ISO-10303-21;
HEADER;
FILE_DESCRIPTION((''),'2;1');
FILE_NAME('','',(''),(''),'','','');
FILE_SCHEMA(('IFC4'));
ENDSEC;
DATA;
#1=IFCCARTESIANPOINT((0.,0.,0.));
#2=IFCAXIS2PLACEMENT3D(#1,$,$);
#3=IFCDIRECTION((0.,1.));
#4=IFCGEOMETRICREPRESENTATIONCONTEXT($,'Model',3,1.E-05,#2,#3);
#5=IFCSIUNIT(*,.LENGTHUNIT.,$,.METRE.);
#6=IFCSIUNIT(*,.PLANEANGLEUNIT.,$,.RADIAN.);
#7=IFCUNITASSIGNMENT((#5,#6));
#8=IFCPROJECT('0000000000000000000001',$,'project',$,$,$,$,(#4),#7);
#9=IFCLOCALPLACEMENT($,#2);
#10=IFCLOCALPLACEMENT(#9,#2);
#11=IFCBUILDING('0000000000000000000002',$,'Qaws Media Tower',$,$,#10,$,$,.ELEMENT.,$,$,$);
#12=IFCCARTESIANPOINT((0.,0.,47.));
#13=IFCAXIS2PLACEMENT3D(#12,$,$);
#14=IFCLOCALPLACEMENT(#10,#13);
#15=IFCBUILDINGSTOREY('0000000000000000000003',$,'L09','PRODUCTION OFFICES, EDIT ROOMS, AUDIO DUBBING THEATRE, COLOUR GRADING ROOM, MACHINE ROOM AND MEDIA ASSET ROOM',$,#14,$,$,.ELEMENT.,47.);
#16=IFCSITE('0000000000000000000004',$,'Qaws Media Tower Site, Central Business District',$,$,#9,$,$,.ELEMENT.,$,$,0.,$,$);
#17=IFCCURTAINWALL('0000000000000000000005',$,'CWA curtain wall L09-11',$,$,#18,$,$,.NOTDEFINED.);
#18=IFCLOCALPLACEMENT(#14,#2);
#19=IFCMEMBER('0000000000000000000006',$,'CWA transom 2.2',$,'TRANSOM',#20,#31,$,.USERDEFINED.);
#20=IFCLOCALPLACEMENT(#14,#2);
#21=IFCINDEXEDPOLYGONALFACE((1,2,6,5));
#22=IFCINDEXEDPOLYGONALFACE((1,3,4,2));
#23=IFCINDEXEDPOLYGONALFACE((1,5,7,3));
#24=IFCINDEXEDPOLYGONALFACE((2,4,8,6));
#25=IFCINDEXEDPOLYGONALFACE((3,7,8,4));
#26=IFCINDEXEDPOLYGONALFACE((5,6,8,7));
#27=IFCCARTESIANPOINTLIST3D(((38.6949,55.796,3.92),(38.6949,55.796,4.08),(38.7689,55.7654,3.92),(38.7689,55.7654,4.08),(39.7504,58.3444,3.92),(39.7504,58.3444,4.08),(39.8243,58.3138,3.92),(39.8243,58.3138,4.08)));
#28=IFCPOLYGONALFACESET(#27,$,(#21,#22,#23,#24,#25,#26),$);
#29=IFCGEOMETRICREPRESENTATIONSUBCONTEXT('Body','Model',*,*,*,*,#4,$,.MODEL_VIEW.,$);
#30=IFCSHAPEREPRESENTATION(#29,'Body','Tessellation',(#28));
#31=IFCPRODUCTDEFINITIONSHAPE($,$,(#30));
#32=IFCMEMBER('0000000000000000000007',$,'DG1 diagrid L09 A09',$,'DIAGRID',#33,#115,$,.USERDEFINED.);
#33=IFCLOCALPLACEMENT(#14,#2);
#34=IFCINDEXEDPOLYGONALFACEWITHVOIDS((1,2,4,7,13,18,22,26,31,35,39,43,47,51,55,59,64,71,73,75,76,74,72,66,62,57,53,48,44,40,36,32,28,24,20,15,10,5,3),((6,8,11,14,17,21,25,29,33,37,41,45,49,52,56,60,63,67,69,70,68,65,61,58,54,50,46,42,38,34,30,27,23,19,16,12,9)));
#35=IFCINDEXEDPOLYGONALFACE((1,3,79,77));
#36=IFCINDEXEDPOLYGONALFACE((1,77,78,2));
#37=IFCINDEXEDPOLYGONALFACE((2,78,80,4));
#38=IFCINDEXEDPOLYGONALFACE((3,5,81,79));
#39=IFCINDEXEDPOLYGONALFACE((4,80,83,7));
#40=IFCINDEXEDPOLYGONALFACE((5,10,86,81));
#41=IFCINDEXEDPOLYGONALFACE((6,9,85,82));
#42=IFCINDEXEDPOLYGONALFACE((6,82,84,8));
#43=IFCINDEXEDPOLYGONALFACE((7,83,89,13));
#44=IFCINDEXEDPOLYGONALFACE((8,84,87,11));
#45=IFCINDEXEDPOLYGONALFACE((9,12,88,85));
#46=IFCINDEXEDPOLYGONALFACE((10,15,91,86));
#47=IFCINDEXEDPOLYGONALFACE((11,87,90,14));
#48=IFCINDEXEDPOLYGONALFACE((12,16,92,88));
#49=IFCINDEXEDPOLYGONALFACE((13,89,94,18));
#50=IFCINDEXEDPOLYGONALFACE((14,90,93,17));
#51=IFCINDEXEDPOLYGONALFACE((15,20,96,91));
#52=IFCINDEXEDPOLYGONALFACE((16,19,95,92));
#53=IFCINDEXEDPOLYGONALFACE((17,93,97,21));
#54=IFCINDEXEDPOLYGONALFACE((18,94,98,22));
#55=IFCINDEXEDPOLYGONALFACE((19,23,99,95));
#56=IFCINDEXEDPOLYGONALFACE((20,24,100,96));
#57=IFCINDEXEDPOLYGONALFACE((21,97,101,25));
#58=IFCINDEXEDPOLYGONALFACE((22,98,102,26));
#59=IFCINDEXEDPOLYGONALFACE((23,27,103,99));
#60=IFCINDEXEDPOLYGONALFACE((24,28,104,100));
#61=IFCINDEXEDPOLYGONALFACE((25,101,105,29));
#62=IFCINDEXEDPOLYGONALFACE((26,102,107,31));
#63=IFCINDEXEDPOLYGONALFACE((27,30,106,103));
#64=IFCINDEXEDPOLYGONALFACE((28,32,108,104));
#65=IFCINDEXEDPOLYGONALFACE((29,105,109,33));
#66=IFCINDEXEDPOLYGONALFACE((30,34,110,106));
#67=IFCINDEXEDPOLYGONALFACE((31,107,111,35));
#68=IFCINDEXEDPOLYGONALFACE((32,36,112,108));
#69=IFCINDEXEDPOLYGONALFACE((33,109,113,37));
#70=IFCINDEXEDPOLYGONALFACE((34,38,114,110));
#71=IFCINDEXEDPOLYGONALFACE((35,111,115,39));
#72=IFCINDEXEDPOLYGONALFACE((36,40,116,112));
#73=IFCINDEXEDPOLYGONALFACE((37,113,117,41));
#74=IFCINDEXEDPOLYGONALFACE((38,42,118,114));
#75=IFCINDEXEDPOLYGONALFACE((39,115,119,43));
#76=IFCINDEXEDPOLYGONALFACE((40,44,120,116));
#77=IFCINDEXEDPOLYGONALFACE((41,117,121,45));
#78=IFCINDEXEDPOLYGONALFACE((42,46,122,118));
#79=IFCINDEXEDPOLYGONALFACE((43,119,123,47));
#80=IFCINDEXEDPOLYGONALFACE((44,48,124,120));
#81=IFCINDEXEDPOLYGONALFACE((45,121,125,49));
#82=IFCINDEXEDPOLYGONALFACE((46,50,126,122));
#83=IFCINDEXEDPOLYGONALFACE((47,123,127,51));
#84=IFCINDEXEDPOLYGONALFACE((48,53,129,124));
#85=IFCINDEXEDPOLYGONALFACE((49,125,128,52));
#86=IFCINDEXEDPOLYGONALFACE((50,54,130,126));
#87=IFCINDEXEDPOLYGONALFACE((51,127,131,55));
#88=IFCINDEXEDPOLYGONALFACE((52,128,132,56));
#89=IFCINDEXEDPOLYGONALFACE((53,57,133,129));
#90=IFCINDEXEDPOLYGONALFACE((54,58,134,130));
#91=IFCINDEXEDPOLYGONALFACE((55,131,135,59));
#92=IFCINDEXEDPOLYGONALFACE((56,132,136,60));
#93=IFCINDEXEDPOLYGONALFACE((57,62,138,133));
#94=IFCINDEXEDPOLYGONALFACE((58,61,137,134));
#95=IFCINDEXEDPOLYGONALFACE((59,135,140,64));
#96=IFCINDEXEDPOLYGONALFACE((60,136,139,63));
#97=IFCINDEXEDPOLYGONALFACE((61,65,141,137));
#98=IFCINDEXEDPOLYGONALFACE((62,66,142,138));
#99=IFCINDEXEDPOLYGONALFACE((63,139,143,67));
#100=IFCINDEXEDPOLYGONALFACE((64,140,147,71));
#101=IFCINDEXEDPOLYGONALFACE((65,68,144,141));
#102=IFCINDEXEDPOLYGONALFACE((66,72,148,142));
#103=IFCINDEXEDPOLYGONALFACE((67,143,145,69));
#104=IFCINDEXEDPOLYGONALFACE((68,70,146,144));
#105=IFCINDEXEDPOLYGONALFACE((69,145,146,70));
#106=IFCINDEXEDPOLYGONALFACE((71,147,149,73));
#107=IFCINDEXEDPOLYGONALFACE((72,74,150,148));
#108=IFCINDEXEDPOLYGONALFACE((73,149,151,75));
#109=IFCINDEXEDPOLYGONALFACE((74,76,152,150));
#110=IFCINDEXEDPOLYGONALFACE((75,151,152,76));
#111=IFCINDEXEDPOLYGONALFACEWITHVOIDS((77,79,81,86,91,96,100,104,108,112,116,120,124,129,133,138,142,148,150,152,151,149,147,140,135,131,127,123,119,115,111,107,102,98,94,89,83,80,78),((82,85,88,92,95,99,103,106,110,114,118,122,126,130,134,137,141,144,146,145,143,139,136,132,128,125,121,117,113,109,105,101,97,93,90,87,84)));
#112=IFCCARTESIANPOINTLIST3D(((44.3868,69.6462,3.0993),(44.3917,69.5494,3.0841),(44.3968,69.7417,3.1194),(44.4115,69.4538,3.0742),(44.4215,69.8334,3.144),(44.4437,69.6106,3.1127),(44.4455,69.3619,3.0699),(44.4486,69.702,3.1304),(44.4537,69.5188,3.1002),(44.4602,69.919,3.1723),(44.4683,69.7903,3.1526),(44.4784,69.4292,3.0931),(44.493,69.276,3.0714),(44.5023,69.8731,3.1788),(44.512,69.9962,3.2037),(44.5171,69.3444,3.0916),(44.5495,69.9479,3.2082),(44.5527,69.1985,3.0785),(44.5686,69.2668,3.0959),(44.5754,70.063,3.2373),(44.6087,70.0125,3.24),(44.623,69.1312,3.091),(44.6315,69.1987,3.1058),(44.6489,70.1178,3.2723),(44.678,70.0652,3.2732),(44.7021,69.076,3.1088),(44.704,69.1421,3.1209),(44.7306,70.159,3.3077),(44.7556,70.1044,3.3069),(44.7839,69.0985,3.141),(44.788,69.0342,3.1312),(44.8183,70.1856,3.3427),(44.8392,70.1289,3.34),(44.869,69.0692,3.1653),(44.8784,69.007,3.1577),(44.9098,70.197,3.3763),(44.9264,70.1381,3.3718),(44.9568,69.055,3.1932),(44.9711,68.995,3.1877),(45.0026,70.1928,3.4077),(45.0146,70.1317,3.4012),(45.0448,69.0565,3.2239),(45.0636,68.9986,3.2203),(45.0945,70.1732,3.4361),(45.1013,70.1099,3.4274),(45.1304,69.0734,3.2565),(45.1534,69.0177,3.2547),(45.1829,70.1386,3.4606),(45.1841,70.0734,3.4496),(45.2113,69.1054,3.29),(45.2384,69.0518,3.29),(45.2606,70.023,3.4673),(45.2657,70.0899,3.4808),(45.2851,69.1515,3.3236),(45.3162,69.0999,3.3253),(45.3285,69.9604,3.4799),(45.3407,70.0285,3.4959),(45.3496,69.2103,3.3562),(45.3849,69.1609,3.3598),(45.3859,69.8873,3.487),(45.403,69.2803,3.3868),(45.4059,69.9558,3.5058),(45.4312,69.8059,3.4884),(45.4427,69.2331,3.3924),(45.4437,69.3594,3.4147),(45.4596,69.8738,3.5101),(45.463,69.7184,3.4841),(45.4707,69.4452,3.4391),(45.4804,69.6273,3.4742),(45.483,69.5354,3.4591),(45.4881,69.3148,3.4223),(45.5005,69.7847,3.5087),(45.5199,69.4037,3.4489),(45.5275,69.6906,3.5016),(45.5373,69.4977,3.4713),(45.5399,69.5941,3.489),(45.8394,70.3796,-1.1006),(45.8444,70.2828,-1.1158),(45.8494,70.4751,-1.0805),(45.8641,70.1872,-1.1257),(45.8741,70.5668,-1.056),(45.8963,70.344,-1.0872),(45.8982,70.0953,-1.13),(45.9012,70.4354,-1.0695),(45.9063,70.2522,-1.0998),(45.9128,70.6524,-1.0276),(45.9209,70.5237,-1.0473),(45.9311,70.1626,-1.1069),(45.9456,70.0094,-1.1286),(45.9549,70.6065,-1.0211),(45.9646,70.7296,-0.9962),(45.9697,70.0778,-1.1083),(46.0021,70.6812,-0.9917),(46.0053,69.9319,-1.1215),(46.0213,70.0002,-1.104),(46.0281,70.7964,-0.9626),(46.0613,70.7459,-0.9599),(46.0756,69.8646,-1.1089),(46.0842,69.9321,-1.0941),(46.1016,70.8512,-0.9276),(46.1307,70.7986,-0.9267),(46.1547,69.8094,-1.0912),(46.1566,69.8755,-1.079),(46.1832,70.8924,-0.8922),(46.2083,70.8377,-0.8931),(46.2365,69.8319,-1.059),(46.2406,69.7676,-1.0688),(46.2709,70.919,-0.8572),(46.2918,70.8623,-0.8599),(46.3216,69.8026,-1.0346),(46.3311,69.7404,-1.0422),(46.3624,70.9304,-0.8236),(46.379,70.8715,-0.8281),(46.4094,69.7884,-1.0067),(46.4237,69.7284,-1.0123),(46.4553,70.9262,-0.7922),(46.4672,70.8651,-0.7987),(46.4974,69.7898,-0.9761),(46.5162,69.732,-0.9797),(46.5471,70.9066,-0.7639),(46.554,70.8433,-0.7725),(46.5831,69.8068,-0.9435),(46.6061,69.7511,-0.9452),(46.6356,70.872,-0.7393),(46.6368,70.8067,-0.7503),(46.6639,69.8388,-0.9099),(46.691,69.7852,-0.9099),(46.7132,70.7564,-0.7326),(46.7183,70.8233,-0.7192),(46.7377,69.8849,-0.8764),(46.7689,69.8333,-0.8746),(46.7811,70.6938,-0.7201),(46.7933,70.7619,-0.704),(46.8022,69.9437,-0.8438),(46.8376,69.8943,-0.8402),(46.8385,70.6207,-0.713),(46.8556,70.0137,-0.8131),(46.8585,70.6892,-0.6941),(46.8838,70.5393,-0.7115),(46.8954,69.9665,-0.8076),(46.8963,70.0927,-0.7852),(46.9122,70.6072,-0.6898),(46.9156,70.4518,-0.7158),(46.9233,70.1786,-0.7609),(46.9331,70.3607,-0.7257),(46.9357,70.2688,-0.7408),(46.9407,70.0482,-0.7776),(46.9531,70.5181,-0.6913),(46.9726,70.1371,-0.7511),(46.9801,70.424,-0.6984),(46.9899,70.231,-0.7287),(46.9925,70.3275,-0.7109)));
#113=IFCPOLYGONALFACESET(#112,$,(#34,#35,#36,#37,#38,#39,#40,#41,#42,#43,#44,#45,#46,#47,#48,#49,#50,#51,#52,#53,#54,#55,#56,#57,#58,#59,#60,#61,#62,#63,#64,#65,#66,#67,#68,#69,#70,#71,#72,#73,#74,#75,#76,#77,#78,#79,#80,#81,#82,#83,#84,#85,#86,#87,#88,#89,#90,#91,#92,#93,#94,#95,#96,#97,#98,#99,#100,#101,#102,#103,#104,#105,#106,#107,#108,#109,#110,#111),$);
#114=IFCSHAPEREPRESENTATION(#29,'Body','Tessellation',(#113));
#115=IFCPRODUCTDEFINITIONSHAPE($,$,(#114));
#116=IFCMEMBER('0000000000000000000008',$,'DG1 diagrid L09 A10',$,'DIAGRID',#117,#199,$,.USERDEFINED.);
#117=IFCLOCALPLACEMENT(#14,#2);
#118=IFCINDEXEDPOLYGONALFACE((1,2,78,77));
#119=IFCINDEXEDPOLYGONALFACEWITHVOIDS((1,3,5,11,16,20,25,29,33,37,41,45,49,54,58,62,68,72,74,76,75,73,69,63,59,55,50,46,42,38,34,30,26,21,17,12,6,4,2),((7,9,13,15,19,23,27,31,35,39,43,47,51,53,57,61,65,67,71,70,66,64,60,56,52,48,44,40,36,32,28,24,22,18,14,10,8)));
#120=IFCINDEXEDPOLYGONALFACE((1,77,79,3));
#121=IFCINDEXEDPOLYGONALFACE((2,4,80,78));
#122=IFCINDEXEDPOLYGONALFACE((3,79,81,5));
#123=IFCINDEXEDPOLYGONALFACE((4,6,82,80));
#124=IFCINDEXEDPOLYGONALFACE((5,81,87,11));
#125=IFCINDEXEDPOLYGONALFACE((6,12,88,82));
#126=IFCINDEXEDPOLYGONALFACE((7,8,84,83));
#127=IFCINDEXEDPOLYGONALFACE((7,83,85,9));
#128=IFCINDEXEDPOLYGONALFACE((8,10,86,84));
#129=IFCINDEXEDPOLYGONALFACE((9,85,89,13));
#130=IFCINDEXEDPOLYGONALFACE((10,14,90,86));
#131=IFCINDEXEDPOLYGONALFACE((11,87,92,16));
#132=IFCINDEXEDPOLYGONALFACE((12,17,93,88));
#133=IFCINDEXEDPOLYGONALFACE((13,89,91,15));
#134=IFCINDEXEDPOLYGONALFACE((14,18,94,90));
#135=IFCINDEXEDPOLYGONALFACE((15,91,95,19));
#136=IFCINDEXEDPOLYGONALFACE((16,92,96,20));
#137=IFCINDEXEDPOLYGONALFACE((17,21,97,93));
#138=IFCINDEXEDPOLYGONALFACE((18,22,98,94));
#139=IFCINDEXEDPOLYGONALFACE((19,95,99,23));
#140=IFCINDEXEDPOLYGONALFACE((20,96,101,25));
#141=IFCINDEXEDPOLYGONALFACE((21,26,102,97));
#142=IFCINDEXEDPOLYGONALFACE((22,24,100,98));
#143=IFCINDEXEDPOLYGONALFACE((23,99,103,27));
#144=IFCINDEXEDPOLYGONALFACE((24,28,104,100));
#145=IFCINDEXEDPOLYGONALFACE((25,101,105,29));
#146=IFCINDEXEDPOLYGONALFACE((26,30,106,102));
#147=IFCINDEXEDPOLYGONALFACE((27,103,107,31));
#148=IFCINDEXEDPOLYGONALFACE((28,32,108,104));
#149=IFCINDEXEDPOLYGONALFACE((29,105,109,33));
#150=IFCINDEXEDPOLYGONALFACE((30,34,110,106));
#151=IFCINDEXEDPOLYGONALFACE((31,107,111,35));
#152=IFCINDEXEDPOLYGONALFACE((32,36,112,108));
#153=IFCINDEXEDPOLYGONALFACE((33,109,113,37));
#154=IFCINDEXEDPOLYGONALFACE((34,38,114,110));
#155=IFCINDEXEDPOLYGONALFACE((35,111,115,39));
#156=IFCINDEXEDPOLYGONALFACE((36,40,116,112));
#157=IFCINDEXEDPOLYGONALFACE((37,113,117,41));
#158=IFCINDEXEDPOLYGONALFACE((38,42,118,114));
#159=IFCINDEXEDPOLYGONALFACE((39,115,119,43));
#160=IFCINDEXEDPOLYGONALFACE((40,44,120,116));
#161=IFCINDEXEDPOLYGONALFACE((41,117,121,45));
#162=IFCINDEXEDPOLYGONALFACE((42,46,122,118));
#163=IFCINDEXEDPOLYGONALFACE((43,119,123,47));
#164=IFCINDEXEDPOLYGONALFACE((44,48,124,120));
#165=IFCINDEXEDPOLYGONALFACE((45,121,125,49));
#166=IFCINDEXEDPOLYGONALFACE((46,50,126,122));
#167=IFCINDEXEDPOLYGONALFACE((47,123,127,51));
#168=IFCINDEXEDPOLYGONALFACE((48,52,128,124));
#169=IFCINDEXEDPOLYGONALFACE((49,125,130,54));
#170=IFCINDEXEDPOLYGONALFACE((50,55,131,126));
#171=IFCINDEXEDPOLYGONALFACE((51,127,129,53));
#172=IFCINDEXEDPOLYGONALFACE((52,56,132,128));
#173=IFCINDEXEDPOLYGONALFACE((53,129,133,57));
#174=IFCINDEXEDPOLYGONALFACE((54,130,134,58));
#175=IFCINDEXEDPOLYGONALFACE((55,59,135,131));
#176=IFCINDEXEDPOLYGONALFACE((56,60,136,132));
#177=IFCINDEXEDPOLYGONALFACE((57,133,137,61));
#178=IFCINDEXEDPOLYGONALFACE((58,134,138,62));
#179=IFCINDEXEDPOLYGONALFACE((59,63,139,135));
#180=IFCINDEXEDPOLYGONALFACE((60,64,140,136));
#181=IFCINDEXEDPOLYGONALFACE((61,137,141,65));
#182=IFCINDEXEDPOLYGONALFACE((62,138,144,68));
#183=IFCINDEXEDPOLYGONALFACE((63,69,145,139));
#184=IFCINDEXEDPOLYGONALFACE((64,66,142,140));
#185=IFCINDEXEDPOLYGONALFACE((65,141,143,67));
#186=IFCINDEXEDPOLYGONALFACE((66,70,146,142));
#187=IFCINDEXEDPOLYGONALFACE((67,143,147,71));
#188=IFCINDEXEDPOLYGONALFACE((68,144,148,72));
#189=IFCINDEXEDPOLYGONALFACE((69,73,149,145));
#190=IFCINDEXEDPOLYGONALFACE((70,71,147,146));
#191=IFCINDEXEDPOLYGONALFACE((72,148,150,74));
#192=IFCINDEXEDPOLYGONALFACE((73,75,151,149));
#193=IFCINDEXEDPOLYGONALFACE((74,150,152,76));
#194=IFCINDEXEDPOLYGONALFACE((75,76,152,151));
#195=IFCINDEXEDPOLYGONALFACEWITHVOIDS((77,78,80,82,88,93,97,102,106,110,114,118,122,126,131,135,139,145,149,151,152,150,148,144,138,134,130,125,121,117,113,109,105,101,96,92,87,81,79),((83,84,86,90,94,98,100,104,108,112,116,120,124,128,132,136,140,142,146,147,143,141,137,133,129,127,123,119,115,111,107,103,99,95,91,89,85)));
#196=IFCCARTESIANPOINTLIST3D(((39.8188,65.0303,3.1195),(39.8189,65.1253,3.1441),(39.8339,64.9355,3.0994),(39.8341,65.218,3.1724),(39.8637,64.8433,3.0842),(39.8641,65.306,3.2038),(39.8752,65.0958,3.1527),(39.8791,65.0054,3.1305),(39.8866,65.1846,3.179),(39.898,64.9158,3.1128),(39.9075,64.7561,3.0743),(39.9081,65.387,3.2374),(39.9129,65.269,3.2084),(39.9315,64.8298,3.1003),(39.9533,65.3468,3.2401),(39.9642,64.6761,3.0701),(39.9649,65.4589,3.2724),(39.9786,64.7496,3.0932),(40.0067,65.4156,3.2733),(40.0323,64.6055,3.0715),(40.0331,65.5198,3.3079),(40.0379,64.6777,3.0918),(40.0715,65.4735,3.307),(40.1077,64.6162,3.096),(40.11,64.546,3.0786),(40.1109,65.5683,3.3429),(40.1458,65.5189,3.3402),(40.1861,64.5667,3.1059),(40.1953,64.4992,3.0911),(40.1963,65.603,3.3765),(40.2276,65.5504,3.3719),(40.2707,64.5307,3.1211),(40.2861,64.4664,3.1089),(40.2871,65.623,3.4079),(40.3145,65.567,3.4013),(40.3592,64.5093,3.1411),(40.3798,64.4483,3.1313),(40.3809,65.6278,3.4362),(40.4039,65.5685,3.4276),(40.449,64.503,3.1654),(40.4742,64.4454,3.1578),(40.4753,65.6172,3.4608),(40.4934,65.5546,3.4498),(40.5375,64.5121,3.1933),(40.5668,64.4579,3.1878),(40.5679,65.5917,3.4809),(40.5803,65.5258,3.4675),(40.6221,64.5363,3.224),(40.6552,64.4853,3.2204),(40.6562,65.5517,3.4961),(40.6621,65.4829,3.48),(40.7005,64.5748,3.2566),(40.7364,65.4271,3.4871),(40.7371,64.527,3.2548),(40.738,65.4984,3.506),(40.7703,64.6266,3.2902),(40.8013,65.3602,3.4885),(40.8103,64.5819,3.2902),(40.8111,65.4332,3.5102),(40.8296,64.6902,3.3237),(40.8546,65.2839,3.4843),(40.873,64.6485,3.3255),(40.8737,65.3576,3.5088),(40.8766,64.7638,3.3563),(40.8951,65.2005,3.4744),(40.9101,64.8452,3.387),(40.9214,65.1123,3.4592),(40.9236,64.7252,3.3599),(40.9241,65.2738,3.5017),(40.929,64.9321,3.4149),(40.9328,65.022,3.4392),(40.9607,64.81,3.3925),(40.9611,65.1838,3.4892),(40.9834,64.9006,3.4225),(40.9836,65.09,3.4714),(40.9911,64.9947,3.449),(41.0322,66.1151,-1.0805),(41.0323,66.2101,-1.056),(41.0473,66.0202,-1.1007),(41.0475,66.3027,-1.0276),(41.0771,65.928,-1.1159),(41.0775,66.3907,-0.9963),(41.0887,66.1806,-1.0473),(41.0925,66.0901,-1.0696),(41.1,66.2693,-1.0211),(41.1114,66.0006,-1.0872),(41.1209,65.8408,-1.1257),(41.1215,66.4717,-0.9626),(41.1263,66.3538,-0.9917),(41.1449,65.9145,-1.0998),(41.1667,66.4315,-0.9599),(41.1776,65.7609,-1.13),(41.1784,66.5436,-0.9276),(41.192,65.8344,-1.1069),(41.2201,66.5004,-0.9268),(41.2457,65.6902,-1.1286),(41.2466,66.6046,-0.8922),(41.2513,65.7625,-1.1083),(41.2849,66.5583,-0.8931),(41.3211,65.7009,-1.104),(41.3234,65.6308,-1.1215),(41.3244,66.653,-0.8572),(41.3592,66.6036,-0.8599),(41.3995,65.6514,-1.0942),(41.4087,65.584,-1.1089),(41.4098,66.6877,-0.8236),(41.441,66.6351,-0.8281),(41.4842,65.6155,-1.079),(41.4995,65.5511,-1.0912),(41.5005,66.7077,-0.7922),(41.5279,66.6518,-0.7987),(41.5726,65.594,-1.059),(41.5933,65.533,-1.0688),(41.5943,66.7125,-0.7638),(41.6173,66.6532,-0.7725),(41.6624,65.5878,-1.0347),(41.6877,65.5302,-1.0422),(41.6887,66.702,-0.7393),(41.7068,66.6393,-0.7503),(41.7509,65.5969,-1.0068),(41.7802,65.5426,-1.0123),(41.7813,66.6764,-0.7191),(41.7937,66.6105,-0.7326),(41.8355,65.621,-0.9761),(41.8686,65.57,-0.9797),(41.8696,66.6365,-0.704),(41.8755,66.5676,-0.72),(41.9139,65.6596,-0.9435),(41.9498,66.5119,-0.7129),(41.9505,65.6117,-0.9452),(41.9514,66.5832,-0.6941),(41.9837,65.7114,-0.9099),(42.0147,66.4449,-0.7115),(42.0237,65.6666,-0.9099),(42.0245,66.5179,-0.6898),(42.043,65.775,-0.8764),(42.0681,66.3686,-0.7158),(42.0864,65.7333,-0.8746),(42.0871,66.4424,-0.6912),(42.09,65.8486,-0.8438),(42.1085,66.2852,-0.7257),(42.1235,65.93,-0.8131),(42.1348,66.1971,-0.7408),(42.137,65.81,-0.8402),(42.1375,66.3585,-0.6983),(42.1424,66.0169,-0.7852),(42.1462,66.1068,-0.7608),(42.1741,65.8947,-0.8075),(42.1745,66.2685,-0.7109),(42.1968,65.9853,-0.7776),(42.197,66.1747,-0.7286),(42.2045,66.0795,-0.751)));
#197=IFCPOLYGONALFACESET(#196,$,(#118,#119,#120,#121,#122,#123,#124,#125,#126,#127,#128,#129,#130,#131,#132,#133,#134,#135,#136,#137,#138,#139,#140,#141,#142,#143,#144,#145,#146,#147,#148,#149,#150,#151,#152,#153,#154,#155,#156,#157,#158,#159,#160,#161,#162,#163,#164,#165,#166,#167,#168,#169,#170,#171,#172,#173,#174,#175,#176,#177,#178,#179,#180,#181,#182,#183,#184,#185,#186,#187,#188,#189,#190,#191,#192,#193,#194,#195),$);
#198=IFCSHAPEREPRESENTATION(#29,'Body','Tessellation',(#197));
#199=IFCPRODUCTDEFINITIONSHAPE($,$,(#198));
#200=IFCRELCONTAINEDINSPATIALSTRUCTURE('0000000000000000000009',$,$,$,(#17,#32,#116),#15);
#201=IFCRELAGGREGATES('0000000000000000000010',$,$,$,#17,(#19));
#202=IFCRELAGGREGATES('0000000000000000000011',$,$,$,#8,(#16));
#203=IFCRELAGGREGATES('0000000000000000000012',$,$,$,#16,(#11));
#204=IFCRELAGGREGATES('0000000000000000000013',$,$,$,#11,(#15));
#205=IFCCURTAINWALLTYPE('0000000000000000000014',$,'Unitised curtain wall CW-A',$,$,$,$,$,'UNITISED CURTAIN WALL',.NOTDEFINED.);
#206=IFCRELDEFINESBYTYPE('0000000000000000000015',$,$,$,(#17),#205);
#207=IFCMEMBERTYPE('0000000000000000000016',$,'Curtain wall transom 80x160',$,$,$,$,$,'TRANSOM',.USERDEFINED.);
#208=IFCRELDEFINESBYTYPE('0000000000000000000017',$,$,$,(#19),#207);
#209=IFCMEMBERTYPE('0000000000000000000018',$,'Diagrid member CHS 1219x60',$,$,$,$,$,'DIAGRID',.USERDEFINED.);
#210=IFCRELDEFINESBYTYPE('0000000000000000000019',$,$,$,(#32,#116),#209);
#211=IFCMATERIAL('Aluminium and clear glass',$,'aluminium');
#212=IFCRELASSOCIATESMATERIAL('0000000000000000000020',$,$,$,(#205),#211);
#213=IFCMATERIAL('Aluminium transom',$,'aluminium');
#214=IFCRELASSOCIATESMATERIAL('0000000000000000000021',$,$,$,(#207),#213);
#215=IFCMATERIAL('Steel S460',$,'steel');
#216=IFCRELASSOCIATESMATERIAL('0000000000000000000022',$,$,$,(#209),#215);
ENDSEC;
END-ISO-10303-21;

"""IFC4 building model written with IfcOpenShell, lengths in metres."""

from ifc_helpers import new_model, si_unit, direction, frame, origin, origin_2d, place, context, subcontext, project, spatial, rectangle, hollow_circle, extrude, material, material_profile, profile_set, type_object, element, aggregate, save


model = new_model("IFC4")

# Units and contexts
model_context = context("Model", 3, precision=1e-05, world=origin(), true_north=direction((0.0, 1.0)))
body_context = subcontext(model_context, "Body", "Model", "MODEL_VIEW")
ifc_project = project(units=[si_unit("LENGTHUNIT", "METRE"), si_unit("PLANEANGLEUNIT", "RADIAN")], contexts=[model_context])

# Site, building, storey
site_placement = place(None, origin())
site = spatial("IfcSite", under=ifc_project, at=site_placement, Name="Qaws Media Tower Site, Central Business District", CompositionType="ELEMENT", RefElevation=0.0)
building_placement = place(site_placement, origin())
building = spatial("IfcBuilding", under=site, at=building_placement, Name="Qaws Media Tower", CompositionType="ELEMENT")
storey_placement = place(building_placement, frame((0.0, 0.0, 47.0)))
storey = spatial("IfcBuildingStorey", under=building, at=storey_placement, Name="L09", Description="PRODUCTION OFFICES, EDIT ROOMS, AUDIO DUBBING THEATRE, COLOUR GRADING ROOM, MACHINE ROOM AND MEDIA ASSET ROOM", CompositionType="ELEMENT", Elevation=47.0)

# Shared definitions
ifc_material_1 = material(Name="Aluminium and clear glass", Category="aluminium")
curtain_wall_type = type_object("IfcCurtainWallType", Name="Unitised curtain wall CW-A", ElementType="UNITISED CURTAIN WALL", PredefinedType="NOTDEFINED", material=ifc_material_1)

# Curtain wall
curtain_wall_1_placement = place(storey_placement, origin())
curtain_wall_1 = element("IfcCurtainWall", 1, at=curtain_wall_1_placement, inside=storey, type_object=curtain_wall_type, Name="CWA curtain wall L09-11", PredefinedType="NOTDEFINED")

# Member
ifc_material_2 = material(Name="Aluminium transom", Category="aluminium")
ifc_material_profile_1 = material_profile(ifc_material_2, rectangle(XDim=0.0801, YDim=0.1599, at=origin_2d()), Name="80x160")
ifc_profile_set_1 = profile_set([ifc_material_profile_1], Name="Aluminium transom")
member_type_1 = type_object("IfcMemberType", Name="Curtain wall transom 80x160", ElementType="TRANSOM", PredefinedType="USERDEFINED", material=ifc_profile_set_1)
member_1_placement = place(storey_placement, frame((39.7874, 58.3291, 4.0), z_axis=(-0.382641, -0.923897, 0.0), x_axis=(0.923897, -0.382641, 0.0)))
member_1 = element("IfcMember", 2, at=member_1_placement, type_object=member_type_1, Name="CWA transom 2.2", ObjectType="TRANSOM", PredefinedType="USERDEFINED", context=body_context, shape_type="SweptSolid", body=[
    extrude(rectangle(XDim=0.0801, YDim=0.1599, at=origin_2d()), origin(), (0.0, 0.0, 1.0), 2.7583),
])

# Members
ifc_material_3 = material(Name="Steel S460", Category="steel")
ifc_material_profile_2 = material_profile(ifc_material_3, hollow_circle(Radius=0.6096, WallThickness=0.0601, at=origin_2d()), Name="CHS 1219x60")
ifc_profile_set_2 = profile_set([ifc_material_profile_2], Name="Steel S460")
member_type_2 = type_object("IfcMemberType", Name="Diagrid member CHS 1219x60", ElementType="DIAGRID", PredefinedType="USERDEFINED", material=ifc_profile_set_2)
member_2_placement = place(storey_placement, frame((46.4163, 70.3293, -0.9099), z_axis=(-0.322509, -0.162826, 0.932457), x_axis=(0.450691, -0.89268, 0.0)))
element("IfcMember", 3, at=member_2_placement, inside=storey, type_object=member_type_2, Name="DG1 diagrid L09 A09", ObjectType="DIAGRID", PredefinedType="USERDEFINED", context=body_context, shape_type="SweptSolid", body=[
    extrude(hollow_circle(Radius=0.6096, WallThickness=0.0601, at=origin_2d()), origin(), (0.0, 0.0, 1.0), 4.5042),
])
for number, where, z_axis, x_axis, name in (
    (4, (41.6174, 66.1211, -0.9099), (-0.269384, -0.240819, 0.932437), (0.666475, -0.745528, 0.0), "DG1 diagrid L09 A10"),
):
    element("IfcMember", number, at=place(storey_placement, frame(where, z_axis=z_axis, x_axis=x_axis)), inside=storey, type_object=member_type_2, Name=name, ObjectType="DIAGRID", PredefinedType="USERDEFINED", context=body_context, shape_type="SweptSolid", body=[
        extrude(hollow_circle(Radius=0.6096, WallThickness=0.0601, at=origin_2d()), origin(), (0.0, 0.0, 1.0), 4.5044),
    ])

aggregate(curtain_wall_1, [member_1])

save(model, "model.ifc")
